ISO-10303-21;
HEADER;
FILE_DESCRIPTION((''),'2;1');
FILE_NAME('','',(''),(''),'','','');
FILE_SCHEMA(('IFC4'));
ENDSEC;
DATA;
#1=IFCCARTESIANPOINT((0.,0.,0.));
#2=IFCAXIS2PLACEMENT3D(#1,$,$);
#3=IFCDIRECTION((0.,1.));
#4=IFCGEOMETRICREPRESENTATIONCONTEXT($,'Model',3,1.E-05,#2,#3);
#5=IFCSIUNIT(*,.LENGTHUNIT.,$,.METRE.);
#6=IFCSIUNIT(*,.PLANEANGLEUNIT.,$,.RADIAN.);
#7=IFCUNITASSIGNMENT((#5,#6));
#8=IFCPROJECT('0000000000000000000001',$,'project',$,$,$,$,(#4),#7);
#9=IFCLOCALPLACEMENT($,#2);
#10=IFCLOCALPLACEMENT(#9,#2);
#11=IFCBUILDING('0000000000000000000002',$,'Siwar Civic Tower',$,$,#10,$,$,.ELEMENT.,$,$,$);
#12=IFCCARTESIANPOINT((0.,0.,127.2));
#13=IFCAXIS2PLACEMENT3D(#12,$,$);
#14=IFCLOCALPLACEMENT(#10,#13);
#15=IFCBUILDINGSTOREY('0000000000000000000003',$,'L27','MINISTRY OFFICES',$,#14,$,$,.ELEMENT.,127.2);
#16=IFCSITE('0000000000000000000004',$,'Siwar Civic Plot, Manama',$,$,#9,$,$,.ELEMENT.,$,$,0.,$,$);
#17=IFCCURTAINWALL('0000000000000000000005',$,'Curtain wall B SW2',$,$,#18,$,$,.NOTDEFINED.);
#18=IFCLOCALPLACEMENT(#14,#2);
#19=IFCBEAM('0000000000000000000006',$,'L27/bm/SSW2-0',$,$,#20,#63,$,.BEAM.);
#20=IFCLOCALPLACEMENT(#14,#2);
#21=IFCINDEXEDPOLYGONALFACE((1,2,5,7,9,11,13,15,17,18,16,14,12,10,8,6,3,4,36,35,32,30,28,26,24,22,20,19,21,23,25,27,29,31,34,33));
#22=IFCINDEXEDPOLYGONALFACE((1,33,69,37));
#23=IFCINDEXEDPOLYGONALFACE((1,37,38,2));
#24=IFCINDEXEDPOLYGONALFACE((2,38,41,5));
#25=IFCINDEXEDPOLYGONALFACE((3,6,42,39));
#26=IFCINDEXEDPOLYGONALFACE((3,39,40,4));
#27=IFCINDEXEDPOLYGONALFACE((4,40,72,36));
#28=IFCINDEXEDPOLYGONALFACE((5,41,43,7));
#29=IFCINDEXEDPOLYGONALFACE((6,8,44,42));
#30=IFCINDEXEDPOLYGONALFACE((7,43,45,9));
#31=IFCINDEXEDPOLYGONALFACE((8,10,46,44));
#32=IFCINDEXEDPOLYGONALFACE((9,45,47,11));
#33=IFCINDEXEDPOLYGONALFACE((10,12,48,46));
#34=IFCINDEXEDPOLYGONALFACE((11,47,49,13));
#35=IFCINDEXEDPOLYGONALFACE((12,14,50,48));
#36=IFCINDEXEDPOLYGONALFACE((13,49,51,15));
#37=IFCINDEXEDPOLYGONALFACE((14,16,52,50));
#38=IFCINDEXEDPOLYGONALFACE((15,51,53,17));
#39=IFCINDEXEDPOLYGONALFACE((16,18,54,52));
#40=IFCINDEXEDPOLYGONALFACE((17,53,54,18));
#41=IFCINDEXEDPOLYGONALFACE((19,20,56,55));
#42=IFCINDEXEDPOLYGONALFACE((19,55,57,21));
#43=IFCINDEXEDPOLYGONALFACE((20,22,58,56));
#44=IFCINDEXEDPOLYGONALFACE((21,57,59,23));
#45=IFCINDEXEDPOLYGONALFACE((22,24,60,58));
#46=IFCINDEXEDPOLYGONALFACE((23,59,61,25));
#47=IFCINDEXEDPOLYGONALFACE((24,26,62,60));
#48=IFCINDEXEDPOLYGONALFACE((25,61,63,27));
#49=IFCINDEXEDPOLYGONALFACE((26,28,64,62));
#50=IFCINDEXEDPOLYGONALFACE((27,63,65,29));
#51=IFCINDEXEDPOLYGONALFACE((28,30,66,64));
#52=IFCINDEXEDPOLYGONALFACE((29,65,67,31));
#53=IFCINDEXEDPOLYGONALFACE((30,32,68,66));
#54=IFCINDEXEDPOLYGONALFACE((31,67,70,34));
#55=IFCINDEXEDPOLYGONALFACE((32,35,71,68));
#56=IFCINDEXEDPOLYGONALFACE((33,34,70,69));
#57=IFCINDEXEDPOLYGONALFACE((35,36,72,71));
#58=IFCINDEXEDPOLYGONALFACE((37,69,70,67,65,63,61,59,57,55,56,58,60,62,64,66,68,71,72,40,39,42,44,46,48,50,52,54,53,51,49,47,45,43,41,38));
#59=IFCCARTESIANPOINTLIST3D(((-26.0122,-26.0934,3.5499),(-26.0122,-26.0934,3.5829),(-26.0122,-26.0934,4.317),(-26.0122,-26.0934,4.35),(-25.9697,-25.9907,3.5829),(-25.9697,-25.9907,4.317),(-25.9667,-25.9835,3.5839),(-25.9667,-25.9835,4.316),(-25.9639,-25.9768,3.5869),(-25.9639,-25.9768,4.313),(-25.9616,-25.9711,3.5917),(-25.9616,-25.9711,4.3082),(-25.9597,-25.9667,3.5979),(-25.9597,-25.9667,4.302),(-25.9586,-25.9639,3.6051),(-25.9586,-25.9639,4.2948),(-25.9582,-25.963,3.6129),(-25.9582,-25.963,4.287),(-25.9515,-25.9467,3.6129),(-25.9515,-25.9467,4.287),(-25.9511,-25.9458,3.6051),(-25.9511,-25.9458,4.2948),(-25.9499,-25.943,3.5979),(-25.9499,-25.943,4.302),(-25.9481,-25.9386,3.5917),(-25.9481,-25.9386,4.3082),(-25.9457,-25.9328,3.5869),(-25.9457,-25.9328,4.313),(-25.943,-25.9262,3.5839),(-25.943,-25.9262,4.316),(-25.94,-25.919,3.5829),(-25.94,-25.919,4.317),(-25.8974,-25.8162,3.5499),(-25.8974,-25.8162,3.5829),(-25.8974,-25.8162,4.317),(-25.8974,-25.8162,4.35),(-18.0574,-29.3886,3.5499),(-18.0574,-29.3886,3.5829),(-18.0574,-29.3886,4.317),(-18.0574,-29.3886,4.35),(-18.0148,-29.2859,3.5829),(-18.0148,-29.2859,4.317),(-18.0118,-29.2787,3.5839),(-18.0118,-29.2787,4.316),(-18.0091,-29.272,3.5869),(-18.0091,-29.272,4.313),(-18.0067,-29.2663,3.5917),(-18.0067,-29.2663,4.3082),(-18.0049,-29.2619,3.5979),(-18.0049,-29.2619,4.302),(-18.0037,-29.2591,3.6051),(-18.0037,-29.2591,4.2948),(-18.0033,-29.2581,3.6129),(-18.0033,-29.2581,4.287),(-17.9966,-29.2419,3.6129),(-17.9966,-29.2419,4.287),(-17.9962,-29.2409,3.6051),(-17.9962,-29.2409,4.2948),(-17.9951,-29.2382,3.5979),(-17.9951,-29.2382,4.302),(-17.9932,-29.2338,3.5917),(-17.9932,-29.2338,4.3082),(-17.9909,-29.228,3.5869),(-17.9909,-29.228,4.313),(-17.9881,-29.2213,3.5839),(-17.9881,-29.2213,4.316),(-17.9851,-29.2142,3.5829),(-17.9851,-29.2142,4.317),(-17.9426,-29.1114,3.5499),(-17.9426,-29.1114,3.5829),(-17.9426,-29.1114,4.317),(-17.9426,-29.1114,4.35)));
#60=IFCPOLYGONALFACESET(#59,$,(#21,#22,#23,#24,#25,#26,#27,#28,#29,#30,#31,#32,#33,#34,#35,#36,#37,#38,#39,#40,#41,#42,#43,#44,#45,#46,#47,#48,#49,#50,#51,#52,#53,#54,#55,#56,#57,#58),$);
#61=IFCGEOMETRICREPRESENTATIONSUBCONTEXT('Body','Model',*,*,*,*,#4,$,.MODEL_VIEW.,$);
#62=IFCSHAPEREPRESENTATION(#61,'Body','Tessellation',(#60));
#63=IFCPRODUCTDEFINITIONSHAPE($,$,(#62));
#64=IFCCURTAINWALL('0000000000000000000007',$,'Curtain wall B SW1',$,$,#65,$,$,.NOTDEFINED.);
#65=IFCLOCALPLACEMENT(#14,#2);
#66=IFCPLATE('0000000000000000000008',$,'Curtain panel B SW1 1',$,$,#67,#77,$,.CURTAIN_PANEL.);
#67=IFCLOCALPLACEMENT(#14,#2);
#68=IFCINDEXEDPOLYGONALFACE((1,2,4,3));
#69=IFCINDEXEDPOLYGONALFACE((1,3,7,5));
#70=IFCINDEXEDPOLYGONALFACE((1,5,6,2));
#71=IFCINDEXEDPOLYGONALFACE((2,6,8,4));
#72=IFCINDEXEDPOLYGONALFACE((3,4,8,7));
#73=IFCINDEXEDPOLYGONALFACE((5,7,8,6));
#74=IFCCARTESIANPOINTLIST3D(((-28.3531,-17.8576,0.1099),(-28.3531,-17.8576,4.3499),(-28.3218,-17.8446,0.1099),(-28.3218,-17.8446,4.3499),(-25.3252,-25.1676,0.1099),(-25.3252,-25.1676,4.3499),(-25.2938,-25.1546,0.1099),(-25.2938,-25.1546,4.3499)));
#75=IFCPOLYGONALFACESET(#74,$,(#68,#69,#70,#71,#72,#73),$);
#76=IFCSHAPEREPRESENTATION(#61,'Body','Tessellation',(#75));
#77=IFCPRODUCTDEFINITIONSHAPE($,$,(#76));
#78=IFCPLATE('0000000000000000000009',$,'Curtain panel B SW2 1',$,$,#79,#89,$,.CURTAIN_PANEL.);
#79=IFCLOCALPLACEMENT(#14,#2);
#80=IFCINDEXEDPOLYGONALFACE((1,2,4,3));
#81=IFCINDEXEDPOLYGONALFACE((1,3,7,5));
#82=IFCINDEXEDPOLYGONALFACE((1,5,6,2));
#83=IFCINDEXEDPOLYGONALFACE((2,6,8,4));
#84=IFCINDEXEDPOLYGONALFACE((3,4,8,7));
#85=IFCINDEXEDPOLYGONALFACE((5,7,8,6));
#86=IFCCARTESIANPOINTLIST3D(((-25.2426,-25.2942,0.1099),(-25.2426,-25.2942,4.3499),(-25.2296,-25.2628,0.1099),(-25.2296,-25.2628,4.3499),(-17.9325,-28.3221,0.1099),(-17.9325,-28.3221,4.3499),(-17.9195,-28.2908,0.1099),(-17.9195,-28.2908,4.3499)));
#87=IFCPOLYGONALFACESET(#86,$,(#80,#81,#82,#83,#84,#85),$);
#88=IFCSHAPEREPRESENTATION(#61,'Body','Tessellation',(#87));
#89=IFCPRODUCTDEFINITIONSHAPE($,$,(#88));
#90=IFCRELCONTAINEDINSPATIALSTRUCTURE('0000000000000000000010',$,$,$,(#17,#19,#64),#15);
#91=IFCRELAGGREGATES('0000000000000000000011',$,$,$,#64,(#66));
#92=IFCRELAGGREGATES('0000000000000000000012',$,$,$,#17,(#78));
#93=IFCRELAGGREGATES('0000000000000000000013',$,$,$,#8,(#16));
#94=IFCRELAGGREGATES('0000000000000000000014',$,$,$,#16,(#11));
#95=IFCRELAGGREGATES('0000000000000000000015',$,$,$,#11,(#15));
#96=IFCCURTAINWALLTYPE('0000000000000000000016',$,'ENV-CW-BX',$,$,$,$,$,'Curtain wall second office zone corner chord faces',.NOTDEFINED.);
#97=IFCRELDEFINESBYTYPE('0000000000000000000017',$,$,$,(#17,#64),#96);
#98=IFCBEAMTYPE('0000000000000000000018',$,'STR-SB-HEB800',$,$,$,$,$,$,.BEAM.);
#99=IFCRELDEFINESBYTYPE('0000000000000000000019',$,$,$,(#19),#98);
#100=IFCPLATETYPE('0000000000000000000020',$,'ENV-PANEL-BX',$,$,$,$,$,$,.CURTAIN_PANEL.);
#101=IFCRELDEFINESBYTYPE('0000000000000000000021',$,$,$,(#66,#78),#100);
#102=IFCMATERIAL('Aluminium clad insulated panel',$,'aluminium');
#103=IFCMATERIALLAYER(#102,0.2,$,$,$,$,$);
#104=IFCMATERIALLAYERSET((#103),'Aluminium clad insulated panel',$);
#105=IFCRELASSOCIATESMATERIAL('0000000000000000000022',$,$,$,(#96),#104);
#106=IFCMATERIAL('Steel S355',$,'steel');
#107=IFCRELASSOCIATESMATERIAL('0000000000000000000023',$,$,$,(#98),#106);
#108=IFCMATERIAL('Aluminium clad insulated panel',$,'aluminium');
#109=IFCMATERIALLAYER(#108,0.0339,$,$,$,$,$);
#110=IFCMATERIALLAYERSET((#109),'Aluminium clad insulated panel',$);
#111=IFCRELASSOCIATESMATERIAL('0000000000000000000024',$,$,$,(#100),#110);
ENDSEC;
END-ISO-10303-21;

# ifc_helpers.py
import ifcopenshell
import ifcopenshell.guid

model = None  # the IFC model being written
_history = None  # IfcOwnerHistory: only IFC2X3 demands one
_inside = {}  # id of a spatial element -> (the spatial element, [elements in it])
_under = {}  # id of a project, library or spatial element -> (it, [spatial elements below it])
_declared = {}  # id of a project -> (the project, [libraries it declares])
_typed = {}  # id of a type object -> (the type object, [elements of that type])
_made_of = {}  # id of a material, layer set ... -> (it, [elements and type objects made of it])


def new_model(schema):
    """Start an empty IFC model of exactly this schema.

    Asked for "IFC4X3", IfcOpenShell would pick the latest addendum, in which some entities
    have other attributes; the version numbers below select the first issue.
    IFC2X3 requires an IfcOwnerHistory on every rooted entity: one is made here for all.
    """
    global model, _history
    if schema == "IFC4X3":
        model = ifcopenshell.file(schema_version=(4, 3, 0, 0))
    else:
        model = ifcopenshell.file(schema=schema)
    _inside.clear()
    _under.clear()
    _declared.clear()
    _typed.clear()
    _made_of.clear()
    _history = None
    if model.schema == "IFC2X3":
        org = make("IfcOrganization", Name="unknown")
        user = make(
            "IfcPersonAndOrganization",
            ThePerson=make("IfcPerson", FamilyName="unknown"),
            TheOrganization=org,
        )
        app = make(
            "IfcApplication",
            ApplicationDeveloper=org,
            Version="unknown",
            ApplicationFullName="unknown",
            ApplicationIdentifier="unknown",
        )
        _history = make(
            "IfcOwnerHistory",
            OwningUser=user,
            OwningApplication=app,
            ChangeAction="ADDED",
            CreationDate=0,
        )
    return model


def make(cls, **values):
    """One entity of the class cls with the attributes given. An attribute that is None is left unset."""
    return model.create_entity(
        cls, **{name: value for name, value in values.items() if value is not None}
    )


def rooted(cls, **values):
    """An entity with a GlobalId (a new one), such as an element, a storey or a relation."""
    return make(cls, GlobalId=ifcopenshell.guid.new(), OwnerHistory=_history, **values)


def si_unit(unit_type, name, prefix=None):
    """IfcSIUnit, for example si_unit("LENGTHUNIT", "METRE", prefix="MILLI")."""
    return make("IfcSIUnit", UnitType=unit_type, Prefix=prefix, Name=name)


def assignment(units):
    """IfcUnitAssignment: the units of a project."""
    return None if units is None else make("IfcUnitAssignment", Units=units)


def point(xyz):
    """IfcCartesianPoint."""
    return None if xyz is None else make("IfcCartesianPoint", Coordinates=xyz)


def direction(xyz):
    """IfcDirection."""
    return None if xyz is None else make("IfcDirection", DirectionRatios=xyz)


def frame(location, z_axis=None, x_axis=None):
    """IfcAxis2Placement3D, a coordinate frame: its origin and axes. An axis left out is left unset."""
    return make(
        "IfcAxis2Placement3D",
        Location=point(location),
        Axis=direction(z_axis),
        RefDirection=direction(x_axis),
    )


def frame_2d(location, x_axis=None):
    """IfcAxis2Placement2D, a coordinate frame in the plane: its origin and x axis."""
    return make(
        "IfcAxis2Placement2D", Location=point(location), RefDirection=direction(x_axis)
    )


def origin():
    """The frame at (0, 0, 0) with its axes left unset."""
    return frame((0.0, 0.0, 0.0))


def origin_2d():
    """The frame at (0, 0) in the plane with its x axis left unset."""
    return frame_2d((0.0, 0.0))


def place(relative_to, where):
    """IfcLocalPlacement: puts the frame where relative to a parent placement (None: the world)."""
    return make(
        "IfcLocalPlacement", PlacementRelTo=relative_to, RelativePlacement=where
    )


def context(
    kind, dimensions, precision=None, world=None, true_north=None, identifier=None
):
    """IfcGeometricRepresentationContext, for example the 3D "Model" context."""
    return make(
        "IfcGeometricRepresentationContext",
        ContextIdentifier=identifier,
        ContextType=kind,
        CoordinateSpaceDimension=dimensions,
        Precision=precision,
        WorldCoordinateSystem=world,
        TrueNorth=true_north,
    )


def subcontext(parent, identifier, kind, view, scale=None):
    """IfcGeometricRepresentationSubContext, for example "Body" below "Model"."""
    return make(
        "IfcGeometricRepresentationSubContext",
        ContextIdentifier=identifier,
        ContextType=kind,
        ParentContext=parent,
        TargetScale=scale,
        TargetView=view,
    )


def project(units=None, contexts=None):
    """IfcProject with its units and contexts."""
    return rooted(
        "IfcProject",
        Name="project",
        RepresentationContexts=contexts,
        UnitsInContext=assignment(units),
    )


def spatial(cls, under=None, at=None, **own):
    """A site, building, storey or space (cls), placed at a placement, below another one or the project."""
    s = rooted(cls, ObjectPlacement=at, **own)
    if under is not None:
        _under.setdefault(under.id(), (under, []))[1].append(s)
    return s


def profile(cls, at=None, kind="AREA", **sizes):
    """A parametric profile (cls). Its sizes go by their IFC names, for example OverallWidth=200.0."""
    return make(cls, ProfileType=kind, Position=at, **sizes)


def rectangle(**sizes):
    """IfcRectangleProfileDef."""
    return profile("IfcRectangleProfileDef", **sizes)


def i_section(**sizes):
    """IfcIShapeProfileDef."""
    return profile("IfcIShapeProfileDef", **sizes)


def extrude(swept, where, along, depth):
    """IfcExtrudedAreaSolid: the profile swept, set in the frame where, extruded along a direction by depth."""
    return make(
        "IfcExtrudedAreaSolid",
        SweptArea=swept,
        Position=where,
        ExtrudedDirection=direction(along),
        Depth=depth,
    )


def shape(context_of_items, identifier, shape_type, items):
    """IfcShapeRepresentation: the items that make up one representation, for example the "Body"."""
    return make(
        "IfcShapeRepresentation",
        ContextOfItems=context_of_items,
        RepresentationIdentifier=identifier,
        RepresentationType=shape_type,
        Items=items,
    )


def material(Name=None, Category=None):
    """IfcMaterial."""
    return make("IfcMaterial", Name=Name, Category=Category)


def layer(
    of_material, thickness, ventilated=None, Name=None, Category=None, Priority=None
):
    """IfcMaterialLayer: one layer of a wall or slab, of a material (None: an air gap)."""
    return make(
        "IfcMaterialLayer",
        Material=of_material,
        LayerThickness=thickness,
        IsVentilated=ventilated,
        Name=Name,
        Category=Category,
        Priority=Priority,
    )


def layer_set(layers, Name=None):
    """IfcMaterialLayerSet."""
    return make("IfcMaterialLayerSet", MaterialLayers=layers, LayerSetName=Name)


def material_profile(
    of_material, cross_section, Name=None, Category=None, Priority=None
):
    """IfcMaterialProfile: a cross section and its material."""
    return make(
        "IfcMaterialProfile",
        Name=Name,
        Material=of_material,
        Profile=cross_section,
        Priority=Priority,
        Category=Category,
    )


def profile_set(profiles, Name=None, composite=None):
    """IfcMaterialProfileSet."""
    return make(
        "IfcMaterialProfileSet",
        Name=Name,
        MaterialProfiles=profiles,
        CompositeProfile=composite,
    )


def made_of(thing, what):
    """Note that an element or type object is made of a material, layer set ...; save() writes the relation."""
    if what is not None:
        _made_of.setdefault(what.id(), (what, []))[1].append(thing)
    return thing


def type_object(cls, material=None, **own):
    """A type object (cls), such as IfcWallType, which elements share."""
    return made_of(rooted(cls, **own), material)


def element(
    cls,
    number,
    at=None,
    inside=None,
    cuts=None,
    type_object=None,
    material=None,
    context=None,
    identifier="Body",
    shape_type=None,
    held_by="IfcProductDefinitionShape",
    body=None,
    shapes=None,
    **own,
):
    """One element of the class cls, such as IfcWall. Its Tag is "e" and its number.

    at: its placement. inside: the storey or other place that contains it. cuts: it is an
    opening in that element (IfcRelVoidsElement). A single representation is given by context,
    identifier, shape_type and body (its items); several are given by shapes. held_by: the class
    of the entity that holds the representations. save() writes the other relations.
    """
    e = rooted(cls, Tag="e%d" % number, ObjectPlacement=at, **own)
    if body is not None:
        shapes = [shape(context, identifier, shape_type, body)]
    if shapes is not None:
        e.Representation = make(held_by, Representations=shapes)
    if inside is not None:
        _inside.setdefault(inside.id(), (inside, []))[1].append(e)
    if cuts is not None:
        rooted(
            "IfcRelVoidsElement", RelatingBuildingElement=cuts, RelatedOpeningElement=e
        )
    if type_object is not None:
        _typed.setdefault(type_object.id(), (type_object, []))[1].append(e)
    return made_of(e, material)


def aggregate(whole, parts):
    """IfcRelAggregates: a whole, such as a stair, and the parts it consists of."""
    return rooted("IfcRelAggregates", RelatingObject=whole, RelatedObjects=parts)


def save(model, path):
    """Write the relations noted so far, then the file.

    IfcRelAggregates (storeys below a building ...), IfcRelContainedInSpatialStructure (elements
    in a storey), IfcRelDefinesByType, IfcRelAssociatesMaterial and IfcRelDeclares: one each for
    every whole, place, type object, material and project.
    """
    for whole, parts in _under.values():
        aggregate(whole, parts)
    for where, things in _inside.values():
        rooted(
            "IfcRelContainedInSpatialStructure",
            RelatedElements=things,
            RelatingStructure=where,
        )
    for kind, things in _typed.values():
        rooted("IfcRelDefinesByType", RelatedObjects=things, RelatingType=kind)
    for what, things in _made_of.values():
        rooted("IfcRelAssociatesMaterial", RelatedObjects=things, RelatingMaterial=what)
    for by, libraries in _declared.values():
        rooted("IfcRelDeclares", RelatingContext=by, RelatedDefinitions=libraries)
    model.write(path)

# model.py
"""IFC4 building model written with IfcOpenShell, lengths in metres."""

from ifc_helpers import new_model, si_unit, direction, frame, origin, origin_2d, place, context, subcontext, project, spatial, rectangle, i_section, extrude, material, layer, layer_set, material_profile, profile_set, type_object, element, aggregate, save


model = new_model("IFC4")

# Units and contexts
model_context = context("Model", 3, precision=1e-05, world=origin(), true_north=direction((0.0, 1.0)))
body_context = subcontext(model_context, "Body", "Model", "MODEL_VIEW")
ifc_project = project(units=[si_unit("LENGTHUNIT", "METRE"), si_unit("PLANEANGLEUNIT", "RADIAN")], contexts=[model_context])

# Site, building, storey
site_placement = place(None, origin())
site = spatial("IfcSite", under=ifc_project, at=site_placement, Name="Siwar Civic Plot, Manama", CompositionType="ELEMENT", RefElevation=0.0)
building_placement = place(site_placement, origin())
building = spatial("IfcBuilding", under=site, at=building_placement, Name="Siwar Civic Tower", CompositionType="ELEMENT")
storey_placement = place(building_placement, frame((0.0, 0.0, 127.2)))
storey = spatial("IfcBuildingStorey", under=building, at=storey_placement, Name="L27", Description="MINISTRY OFFICES", CompositionType="ELEMENT", Elevation=127.2)

# Curtain wall
ifc_material_1 = material(Name="Aluminium clad insulated panel", Category="aluminium")
ifc_layer_1 = layer(ifc_material_1, 0.2)
ifc_layer_set_1 = layer_set([ifc_layer_1], Name="Aluminium clad insulated panel")
curtain_wall_type = type_object("IfcCurtainWallType", Name="ENV-CW-BX", ElementType="Curtain wall second office zone corner chord faces", PredefinedType="NOTDEFINED", material=ifc_layer_set_1)
curtain_wall_1_placement = place(storey_placement, origin())
curtain_wall_1 = element("IfcCurtainWall", 1, at=curtain_wall_1_placement, inside=storey, type_object=curtain_wall_type, Name="Curtain wall B SW2", PredefinedType="NOTDEFINED")

# Beam
ifc_material_2 = material(Name="Steel S355", Category="steel")
ifc_material_profile_1 = material_profile(ifc_material_2, i_section(OverallWidth=0.3, OverallDepth=0.8, WebThickness=0.0176, FlangeThickness=0.033, FilletRadius=0.03, at=origin_2d()), Name="HEB800")
ifc_profile_set_1 = profile_set([ifc_material_profile_1], Name="Steel S355")
beam_type_1 = type_object("IfcBeamType", Name="STR-SB-HEB800", PredefinedType="BEAM", material=ifc_profile_set_1)
for number, where, z_axis, x_axis, name in (
    (2, (-25.9548, -25.9548, 3.95), (0.923873, -0.3827, 0.0), (0.3827, 0.923873, 0.0), "L27/bm/SSW2-0"),
):
    element("IfcBeam", number, at=place(storey_placement, frame(where, z_axis=z_axis, x_axis=x_axis)), inside=storey, type_object=beam_type_1, Name=name, PredefinedType="BEAM", context=body_context, shape_type="SweptSolid", body=[
        extrude(i_section(OverallWidth=0.3, OverallDepth=0.8, WebThickness=0.0176, FlangeThickness=0.033, FilletRadius=0.03, at=origin_2d()), origin(), (0.0, 0.0, 1.0), 8.6104),
    ])

# Curtain wall, plate
curtain_wall_2_placement = place(storey_placement, origin())
curtain_wall_2 = element("IfcCurtainWall", 3, at=curtain_wall_2_placement, inside=storey, type_object=curtain_wall_type, Name="Curtain wall B SW1", PredefinedType="NOTDEFINED")
ifc_material_3 = material(Name="Aluminium clad insulated panel", Category="aluminium")
ifc_layer_2 = layer(ifc_material_3, 0.0339)
ifc_layer_set_2 = layer_set([ifc_layer_2], Name="Aluminium clad insulated panel")
plate_type = type_object("IfcPlateType", Name="ENV-PANEL-BX", PredefinedType="CURTAIN_PANEL", material=ifc_layer_set_2)
plate_1_placement = place(storey_placement, frame((-26.8235, -21.5061, 0.1099), z_axis=(0.0, 0.0, 1.0), x_axis=(0.382683, -0.92388, 0.0)))
plate_1 = element("IfcPlate", 4, at=plate_1_placement, type_object=plate_type, Name="Curtain panel B SW1 1", PredefinedType="CURTAIN_PANEL", context=body_context, shape_type="SweptSolid", body=[
    extrude(rectangle(XDim=7.9124, YDim=0.0339, at=origin_2d()), origin(), (0.0, 0.0, 1.0), 4.24),
])
aggregate(curtain_wall_2, [plate_1])

# Plate
plate_2_placement = place(storey_placement, frame((-21.5811, -26.7925, 0.1099), z_axis=(0.0, 0.0, 1.0), x_axis=(0.92388, -0.382683, 0.0)))
plate_2 = element("IfcPlate", 5, at=plate_2_placement, type_object=plate_type, Name="Curtain panel B SW2 1", PredefinedType="CURTAIN_PANEL", context=body_context, shape_type="SweptSolid", body=[
    extrude(rectangle(XDim=7.9124, YDim=0.0339, at=origin_2d()), origin(), (0.0, 0.0, 1.0), 4.24),
])
aggregate(curtain_wall_1, [plate_2])

save(model, "model.ifc")
